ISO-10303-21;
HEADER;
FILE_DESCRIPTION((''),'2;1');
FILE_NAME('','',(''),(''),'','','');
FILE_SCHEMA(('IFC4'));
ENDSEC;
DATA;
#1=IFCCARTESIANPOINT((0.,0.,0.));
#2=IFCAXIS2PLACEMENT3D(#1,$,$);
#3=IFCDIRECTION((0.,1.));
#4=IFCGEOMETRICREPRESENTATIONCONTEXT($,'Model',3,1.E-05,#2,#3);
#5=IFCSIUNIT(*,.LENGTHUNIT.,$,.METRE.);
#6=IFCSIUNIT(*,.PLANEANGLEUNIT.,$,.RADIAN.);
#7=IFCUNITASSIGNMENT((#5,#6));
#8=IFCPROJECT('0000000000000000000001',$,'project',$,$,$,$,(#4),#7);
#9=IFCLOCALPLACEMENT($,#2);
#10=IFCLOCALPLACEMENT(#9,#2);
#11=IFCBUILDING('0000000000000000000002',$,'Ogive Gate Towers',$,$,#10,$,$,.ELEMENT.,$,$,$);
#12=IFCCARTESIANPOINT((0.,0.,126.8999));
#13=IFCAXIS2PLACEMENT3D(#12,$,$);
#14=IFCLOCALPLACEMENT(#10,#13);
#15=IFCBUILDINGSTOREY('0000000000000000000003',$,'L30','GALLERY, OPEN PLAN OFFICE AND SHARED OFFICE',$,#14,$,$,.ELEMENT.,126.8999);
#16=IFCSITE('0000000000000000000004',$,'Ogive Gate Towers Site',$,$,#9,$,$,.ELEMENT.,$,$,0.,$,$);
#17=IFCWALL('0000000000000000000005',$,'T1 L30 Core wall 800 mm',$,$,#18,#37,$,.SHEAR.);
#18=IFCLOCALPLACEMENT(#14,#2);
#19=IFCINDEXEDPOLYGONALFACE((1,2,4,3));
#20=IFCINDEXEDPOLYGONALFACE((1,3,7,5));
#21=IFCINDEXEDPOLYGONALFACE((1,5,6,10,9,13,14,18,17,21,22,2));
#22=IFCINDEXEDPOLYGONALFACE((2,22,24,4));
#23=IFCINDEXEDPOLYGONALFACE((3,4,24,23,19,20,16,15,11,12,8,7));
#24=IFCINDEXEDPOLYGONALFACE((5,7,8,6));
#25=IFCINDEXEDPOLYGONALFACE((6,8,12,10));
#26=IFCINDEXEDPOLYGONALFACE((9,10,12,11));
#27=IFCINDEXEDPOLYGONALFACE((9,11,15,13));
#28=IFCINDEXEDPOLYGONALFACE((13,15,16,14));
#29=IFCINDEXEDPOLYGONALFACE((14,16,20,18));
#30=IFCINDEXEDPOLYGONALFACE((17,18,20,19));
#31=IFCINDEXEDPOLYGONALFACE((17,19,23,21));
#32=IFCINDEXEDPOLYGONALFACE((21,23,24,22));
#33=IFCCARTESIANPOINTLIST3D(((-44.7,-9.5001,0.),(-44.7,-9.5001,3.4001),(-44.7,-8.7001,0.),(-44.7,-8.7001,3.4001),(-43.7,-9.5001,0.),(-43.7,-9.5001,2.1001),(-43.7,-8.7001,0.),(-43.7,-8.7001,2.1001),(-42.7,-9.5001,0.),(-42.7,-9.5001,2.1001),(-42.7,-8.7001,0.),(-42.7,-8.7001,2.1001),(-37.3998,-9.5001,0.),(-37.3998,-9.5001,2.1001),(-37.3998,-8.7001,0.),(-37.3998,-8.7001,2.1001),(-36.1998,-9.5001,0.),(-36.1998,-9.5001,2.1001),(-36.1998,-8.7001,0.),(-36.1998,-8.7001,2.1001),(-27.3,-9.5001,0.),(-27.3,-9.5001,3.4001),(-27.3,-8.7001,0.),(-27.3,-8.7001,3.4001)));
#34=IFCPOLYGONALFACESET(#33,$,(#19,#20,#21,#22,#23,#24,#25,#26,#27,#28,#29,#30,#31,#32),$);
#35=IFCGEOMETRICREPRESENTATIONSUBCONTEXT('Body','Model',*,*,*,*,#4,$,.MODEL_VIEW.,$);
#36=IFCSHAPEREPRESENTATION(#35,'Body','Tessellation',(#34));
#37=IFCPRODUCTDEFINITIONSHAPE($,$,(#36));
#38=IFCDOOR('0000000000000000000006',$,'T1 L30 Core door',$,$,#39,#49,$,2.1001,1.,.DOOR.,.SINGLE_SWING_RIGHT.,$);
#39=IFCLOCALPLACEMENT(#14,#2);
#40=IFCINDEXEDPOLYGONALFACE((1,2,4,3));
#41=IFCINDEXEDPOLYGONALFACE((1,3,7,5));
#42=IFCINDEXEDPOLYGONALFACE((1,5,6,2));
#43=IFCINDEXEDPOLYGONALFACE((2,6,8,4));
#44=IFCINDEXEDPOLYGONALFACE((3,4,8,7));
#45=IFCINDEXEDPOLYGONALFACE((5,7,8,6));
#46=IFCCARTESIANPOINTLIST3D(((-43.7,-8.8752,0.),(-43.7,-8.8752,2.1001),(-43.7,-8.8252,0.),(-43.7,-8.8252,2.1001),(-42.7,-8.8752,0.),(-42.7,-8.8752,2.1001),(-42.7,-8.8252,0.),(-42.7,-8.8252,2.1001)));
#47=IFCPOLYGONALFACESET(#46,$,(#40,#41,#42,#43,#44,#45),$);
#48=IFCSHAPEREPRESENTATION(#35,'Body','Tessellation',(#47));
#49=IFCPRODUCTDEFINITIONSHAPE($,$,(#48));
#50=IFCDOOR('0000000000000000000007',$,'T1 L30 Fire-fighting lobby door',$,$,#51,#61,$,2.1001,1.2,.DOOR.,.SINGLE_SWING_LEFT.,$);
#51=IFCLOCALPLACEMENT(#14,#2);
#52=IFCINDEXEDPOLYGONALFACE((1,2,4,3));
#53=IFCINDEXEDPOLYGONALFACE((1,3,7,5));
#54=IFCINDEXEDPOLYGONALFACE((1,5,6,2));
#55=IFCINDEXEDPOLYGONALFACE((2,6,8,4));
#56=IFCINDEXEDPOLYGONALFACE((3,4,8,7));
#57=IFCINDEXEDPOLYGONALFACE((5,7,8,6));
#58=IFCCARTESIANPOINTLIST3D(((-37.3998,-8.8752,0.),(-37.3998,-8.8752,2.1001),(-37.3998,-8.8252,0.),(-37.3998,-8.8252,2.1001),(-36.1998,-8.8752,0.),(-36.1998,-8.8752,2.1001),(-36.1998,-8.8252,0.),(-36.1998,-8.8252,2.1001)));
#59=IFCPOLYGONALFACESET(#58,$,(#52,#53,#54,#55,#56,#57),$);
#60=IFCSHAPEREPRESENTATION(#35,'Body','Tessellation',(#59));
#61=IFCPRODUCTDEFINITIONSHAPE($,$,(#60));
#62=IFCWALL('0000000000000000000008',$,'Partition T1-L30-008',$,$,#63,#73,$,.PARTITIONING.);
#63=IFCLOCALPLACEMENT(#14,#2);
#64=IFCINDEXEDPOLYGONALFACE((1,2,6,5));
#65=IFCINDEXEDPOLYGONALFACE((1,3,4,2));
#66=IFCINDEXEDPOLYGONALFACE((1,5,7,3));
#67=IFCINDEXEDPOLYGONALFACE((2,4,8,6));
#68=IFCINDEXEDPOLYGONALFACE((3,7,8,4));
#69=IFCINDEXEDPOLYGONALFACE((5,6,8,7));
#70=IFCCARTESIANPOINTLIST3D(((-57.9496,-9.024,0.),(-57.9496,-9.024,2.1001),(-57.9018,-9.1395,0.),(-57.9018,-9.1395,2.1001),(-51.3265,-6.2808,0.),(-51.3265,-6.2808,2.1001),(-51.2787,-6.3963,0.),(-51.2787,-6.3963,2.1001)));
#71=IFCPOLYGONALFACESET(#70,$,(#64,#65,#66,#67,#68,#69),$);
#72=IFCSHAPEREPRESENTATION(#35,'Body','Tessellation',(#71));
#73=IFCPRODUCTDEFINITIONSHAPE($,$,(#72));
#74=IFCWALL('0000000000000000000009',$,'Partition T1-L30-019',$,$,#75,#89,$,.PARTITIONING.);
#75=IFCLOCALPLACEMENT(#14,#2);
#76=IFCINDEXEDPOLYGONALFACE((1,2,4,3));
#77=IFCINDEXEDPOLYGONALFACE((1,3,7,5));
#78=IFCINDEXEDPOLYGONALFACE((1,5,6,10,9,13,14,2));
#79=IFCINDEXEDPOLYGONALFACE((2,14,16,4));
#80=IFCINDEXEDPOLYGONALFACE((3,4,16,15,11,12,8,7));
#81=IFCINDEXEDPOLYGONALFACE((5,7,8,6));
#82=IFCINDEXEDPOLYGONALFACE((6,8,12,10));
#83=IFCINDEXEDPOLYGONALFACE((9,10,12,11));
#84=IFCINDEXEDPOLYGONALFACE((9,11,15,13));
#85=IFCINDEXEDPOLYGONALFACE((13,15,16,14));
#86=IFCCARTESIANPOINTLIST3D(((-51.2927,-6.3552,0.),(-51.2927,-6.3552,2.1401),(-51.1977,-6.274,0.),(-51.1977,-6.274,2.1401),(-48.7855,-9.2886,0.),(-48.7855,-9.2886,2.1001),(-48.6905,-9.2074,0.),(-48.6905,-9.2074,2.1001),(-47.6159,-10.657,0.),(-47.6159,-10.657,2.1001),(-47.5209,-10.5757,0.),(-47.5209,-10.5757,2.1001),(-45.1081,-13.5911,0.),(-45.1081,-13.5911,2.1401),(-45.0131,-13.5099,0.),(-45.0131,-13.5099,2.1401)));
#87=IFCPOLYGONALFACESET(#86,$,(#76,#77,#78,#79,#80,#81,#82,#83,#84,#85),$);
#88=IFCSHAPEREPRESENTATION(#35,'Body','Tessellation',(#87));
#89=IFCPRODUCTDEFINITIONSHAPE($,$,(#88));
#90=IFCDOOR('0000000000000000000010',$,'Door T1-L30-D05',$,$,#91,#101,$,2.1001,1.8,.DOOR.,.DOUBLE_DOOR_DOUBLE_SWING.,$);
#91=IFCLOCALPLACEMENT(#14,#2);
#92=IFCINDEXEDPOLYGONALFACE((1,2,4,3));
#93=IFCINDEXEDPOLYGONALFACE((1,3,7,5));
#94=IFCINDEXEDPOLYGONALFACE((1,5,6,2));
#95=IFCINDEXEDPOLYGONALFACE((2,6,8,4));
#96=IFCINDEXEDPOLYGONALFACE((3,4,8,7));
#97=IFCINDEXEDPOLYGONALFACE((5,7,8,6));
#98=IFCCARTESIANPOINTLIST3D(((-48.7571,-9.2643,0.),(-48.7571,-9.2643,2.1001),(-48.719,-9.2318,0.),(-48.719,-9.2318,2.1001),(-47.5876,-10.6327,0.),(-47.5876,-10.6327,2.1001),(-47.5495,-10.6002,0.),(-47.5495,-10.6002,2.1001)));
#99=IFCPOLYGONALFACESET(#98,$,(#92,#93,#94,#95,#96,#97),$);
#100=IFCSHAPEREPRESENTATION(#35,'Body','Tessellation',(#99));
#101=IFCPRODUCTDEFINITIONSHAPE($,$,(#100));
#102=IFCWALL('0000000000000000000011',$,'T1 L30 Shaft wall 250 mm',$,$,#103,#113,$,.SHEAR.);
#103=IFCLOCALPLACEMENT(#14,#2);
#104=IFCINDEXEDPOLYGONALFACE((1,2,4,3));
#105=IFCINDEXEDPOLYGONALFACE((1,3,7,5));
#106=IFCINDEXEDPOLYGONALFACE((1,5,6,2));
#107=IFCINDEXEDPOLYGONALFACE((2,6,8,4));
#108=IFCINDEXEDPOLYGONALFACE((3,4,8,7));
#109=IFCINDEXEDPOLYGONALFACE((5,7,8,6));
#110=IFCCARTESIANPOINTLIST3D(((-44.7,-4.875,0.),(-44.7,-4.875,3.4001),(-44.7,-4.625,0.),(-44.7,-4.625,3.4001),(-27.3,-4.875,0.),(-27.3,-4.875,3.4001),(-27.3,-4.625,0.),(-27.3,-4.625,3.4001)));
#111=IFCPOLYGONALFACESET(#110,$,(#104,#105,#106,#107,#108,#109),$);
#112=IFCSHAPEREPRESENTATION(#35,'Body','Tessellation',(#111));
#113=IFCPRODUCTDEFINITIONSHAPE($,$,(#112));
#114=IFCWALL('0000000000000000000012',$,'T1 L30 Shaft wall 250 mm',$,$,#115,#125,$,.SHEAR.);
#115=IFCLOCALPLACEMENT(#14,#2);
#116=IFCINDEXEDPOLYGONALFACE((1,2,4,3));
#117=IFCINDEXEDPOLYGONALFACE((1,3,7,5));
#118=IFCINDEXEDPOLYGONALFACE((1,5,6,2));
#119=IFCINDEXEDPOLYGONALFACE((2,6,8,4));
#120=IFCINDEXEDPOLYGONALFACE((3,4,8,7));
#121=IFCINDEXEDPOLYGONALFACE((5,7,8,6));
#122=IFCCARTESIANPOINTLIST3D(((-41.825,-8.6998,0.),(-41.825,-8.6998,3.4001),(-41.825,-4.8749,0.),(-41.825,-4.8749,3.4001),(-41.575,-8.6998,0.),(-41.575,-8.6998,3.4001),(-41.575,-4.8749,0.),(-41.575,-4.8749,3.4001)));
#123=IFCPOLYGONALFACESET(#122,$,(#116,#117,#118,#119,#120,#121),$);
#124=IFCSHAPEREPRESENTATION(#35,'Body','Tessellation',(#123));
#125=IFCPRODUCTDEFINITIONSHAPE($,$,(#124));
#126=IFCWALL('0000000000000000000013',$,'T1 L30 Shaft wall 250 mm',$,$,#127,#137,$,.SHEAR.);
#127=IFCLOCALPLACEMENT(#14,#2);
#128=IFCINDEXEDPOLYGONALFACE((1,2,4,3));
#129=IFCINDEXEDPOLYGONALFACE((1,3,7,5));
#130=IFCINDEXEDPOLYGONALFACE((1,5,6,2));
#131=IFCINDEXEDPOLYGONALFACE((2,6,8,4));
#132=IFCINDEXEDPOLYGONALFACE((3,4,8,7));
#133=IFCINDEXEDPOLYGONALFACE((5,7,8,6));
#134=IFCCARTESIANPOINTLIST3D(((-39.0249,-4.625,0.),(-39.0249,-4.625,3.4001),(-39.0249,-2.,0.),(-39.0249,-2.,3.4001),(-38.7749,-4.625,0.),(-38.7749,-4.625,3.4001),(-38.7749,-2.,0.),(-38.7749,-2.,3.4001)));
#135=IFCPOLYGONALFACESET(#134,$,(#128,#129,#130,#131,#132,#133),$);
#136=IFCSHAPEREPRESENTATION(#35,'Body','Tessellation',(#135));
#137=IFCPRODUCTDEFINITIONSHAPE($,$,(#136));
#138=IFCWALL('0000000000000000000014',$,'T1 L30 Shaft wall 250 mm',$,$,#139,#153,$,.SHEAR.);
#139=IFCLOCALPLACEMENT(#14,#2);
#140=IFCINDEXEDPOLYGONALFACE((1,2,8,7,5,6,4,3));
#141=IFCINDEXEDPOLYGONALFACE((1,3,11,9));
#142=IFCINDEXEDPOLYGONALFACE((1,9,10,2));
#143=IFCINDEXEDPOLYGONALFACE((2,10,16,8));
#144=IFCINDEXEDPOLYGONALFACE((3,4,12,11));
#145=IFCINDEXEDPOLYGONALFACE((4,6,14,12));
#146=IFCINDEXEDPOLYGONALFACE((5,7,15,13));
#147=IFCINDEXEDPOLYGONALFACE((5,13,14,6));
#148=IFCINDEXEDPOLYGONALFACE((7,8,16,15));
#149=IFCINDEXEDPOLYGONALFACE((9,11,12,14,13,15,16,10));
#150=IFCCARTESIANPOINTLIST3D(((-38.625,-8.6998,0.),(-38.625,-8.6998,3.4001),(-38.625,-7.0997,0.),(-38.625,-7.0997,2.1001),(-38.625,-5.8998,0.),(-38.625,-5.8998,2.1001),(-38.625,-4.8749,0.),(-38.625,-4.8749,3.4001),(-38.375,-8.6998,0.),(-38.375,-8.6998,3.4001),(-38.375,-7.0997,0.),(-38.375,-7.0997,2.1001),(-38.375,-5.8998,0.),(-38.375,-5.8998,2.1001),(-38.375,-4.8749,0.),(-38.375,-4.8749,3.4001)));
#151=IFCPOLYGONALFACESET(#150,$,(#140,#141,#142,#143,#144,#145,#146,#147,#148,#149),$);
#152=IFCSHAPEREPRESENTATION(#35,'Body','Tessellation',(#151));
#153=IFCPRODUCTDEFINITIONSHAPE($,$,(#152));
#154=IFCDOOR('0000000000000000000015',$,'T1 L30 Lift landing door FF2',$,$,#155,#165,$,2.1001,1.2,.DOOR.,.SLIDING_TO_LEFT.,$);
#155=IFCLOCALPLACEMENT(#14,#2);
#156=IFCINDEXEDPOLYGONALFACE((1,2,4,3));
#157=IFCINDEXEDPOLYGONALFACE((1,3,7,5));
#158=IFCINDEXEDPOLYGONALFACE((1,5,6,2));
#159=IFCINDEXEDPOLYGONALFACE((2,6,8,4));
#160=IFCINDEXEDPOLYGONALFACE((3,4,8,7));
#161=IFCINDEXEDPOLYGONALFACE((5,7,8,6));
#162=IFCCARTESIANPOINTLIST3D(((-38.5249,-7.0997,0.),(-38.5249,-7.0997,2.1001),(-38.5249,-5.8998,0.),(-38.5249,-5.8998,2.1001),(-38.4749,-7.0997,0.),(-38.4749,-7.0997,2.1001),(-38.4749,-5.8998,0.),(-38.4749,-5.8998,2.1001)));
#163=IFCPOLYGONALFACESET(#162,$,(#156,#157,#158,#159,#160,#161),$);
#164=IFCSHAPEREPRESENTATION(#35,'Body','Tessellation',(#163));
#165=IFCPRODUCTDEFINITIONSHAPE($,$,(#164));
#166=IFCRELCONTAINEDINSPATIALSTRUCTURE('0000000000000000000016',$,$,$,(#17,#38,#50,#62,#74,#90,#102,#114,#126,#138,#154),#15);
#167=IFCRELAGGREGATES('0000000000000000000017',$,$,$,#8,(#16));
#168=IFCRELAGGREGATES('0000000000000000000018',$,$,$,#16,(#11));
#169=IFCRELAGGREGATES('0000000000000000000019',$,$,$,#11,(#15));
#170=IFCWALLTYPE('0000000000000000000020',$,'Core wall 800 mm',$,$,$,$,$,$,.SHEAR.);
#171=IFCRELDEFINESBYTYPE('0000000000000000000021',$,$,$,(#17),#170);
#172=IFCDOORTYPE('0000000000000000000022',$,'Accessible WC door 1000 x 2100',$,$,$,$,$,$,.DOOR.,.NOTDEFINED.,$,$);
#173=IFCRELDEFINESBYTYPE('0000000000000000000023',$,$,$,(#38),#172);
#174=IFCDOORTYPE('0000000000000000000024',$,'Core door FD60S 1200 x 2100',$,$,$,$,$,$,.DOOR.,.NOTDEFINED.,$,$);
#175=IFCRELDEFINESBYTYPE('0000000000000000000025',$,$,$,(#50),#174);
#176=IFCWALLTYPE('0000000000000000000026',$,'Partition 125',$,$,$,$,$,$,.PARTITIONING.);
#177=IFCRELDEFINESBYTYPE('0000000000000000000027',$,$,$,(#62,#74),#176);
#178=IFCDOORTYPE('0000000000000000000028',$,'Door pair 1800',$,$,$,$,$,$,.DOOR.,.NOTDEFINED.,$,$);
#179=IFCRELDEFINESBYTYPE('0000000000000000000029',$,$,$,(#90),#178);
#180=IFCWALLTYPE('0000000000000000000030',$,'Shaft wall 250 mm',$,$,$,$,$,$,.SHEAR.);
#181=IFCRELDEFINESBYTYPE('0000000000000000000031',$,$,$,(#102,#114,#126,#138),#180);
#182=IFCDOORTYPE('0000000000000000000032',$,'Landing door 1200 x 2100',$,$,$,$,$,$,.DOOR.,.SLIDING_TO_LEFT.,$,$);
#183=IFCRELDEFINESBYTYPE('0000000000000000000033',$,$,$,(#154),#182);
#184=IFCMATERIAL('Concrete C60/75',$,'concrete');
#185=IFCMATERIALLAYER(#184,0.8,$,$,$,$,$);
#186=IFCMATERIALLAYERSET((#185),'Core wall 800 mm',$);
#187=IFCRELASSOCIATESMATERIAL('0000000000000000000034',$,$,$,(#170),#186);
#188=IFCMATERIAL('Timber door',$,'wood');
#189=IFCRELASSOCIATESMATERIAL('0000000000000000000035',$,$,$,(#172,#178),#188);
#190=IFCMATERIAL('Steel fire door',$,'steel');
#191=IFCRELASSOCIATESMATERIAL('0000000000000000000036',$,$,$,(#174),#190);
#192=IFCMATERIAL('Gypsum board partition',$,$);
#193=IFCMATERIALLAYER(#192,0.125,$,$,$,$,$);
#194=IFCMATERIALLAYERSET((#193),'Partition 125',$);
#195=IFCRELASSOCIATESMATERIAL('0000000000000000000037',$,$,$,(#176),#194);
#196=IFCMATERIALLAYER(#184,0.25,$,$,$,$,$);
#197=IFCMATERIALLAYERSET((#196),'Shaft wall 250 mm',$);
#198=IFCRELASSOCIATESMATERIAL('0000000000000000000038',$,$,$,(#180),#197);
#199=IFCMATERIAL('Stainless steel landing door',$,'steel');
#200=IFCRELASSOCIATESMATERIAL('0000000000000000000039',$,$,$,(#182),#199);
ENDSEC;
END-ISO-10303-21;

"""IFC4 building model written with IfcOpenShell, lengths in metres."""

from ifc_helpers import new_model, si_unit, direction, frame, frame_2d, origin, place, context, subcontext, project, spatial, rectangle, extrude, material, layer, layer_set, type_object, element, fill, save


model = new_model("IFC4")

# Units and contexts
model_context = context("Model", 3, precision=1e-05, world=origin(), true_north=direction((0.0, 1.0)))
body_context = subcontext(model_context, "Body", "Model", "MODEL_VIEW")
ifc_project = project(units=[si_unit("LENGTHUNIT", "METRE"), si_unit("PLANEANGLEUNIT", "RADIAN")], contexts=[model_context])

# Site, building, storey
site_placement = place(None, origin())
site = spatial("IfcSite", under=ifc_project, at=site_placement, Name="Ogive Gate Towers Site", CompositionType="ELEMENT", RefElevation=0.0)
building_placement = place(site_placement, origin())
building = spatial("IfcBuilding", under=site, at=building_placement, Name="Ogive Gate Towers", CompositionType="ELEMENT")
storey_placement = place(building_placement, frame((0.0, 0.0, 126.8999)))
storey = spatial("IfcBuildingStorey", under=building, at=storey_placement, Name="L30", Description="GALLERY, OPEN PLAN OFFICE AND SHARED OFFICE", CompositionType="ELEMENT", Elevation=126.8999)

# Wall, openings, doors
ifc_material_1 = material(Name="Concrete C60/75", Category="concrete")
ifc_layer_1 = layer(ifc_material_1, 0.8)
ifc_layer_set_1 = layer_set([ifc_layer_1], Name="Core wall 800 mm")
wall_type_1 = type_object("IfcWallType", Name="Core wall 800 mm", PredefinedType="SHEAR", material=ifc_layer_set_1)
wall_1_placement = place(storey_placement, frame((-44.7, -9.1001, 0.0), z_axis=(0.0, 0.0, 1.0), x_axis=(1.0, 0.0, 0.0)))
wall_1 = element("IfcWall", 1, at=wall_1_placement, inside=storey, type_object=wall_type_1, Name="T1 L30 Core wall 800 mm", PredefinedType="SHEAR", context=body_context, shape_type="SweptSolid", body=[
    extrude(rectangle(XDim=17.3999, YDim=0.8, at=frame_2d((8.7, 0.0))), origin(), (0.0, 0.0, 1.0), 3.4001),
])
opening_1_placement = place(wall_1_placement, frame((7.3, 0.0, 0.0)))
opening_1 = element("IfcOpeningElement", 2, at=opening_1_placement, cuts=wall_1, PredefinedType="OPENING", context=body_context, shape_type="SweptSolid", body=[
    extrude(rectangle(XDim=1.2, YDim=2.1001, at=frame_2d((0.6001, 1.05))), frame((0.0, 0.4102, 0.0), z_axis=(0.0, -1.0, 0.0), x_axis=(1.0, 0.0, 0.0)), (0.0, 0.0, 1.0), 0.8201),
])
opening_2_placement = place(wall_1_placement, frame((1.0, 0.0, 0.0)))
opening_2 = element("IfcOpeningElement", 3, at=opening_2_placement, cuts=wall_1, PredefinedType="OPENING", context=body_context, shape_type="SweptSolid", body=[
    extrude(rectangle(XDim=1.0, YDim=2.1001, at=frame_2d((0.5, 1.05))), frame((0.0, 0.4102, 0.0), z_axis=(0.0, -1.0, 0.0), x_axis=(1.0, 0.0, 0.0)), (0.0, 0.0, 1.0), 0.8201),
])
ifc_material_2 = material(Name="Timber door", Category="wood")
door_type_1 = type_object("IfcDoorType", Name="Accessible WC door 1000 x 2100", OperationType="NOTDEFINED", PredefinedType="DOOR", material=ifc_material_2)
door_1_placement = place(opening_2_placement, origin())
door_1 = element("IfcDoor", 4, at=door_1_placement, inside=storey, type_object=door_type_1, Name="T1 L30 Core door", OperationType="SINGLE_SWING_RIGHT", OverallHeight=2.1001, OverallWidth=1.0, PredefinedType="DOOR", context=body_context, shape_type="SweptSolid", body=[
    extrude(rectangle(XDim=1.0, YDim=2.1001, at=frame_2d((0.5, 1.05))), frame((0.0, 0.2749, 0.0), z_axis=(0.0, -1.0, 0.0), x_axis=(1.0, 0.0, 0.0)), (0.0, 0.0, 1.0), 0.05),
])
fill(opening_2, door_1)
ifc_material_3 = material(Name="Steel fire door", Category="steel")
door_type_2 = type_object("IfcDoorType", Name="Core door FD60S 1200 x 2100", OperationType="NOTDEFINED", PredefinedType="DOOR", material=ifc_material_3)
door_2_placement = place(opening_1_placement, origin())
door_2 = element("IfcDoor", 5, at=door_2_placement, inside=storey, type_object=door_type_2, Name="T1 L30 Fire-fighting lobby door", OperationType="SINGLE_SWING_LEFT", OverallHeight=2.1001, OverallWidth=1.2, PredefinedType="DOOR", context=body_context, shape_type="SweptSolid", body=[
    extrude(rectangle(XDim=1.2, YDim=2.1001, at=frame_2d((0.6001, 1.05))), frame((0.0, 0.2749, 0.0), z_axis=(0.0, -1.0, 0.0), x_axis=(1.0, 0.0, 0.0)), (0.0, 0.0, 1.0), 0.05),
])
fill(opening_1, door_2)

# Wall
ifc_material_4 = material(Name="Gypsum board partition")
ifc_layer_2 = layer(ifc_material_4, 0.125)
ifc_layer_set_2 = layer_set([ifc_layer_2], Name="Partition 125")
wall_type_2 = type_object("IfcWallType", Name="Partition 125", PredefinedType="PARTITIONING", material=ifc_layer_set_2)
wall_2_placement = place(storey_placement, frame((-57.9258, -9.0818, 0.0), z_axis=(0.0, 0.0, 1.0), x_axis=(0.923889, 0.382661, 0.0)))
element("IfcWall", 6, at=wall_2_placement, inside=storey, type_object=wall_type_2, Name="Partition T1-L30-008", PredefinedType="PARTITIONING", context=body_context, shape_type="SweptSolid", body=[
    extrude(rectangle(XDim=7.1687, YDim=0.125, at=frame_2d((3.5845, 0.0))), origin(), (0.0, 0.0, 1.0), 2.1001),
])

# Wall, opening, door
wall_3_placement = place(storey_placement, frame((-51.2451, -6.3147, 0.0), z_axis=(0.0, 0.0, 1.0), x_axis=(0.649726, -0.760168, 0.0)))
wall_3 = element("IfcWall", 7, at=wall_3_placement, inside=storey, type_object=wall_type_2, Name="Partition T1-L30-019", PredefinedType="PARTITIONING", context=body_context, shape_type="SweptSolid", body=[
    extrude(rectangle(XDim=9.5188, YDim=0.125, at=frame_2d((4.7593, 0.0))), origin(), (0.0, 0.0, 1.0), 2.1401),
])
opening_3_placement = place(wall_3_placement, frame((3.8589, 0.0, 0.0)))
opening_3 = element("IfcOpeningElement", 8, at=opening_3_placement, cuts=wall_3, PredefinedType="OPENING", context=body_context, shape_type="SweptSolid", body=[
    extrude(rectangle(XDim=1.8, YDim=2.1001, at=frame_2d((0.8999, 1.05))), frame((0.0, 0.0725, 0.0), z_axis=(0.0, -1.0, 0.0), x_axis=(1.0, 0.0, 0.0)), (0.0, 0.0, 1.0), 0.145),
])
door_type_3 = type_object("IfcDoorType", Name="Door pair 1800", OperationType="NOTDEFINED", PredefinedType="DOOR", material=ifc_material_2)
door_3_placement = place(opening_3_placement, origin())
door_3 = element("IfcDoor", 9, at=door_3_placement, inside=storey, type_object=door_type_3, Name="Door T1-L30-D05", OperationType="DOUBLE_DOOR_DOUBLE_SWING", OverallHeight=2.1001, OverallWidth=1.8, PredefinedType="DOOR", context=body_context, shape_type="SweptSolid", body=[
    extrude(rectangle(XDim=1.8, YDim=2.1001, at=frame_2d((0.8999, 1.05))), frame((0.0, 0.0249, 0.0), z_axis=(0.0, -1.0, 0.0), x_axis=(1.0, 0.0, 0.0)), (0.0, 0.0, 1.0), 0.05),
])
fill(opening_3, door_3)

# Walls
ifc_layer_3 = layer(ifc_material_1, 0.25)
ifc_layer_set_3 = layer_set([ifc_layer_3], Name="Shaft wall 250 mm")
wall_type_3 = type_object("IfcWallType", Name="Shaft wall 250 mm", PredefinedType="SHEAR", material=ifc_layer_set_3)
wall_4_placement = place(storey_placement, frame((-44.7, -4.75, 0.0), z_axis=(0.0, 0.0, 1.0), x_axis=(1.0, 0.0, 0.0)))
element("IfcWall", 10, at=wall_4_placement, inside=storey, type_object=wall_type_3, Name="T1 L30 Shaft wall 250 mm", PredefinedType="SHEAR", context=body_context, shape_type="SweptSolid", body=[
    extrude(rectangle(XDim=17.3999, YDim=0.25, at=frame_2d((8.7, 0.0))), origin(), (0.0, 0.0, 1.0), 3.4001),
])
wall_5_placement = place(storey_placement, frame((-41.7, -8.7, 0.0), z_axis=(0.0, 0.0, 1.0), x_axis=(0.0, 1.0, 0.0)))
element("IfcWall", 11, at=wall_5_placement, inside=storey, type_object=wall_type_3, Name="T1 L30 Shaft wall 250 mm", PredefinedType="SHEAR", context=body_context, shape_type="SweptSolid", body=[
    extrude(rectangle(XDim=3.825, YDim=0.25, at=frame_2d((1.9126, 0.0))), origin(), (0.0, 0.0, 1.0), 3.4001),
])
wall_6_placement = place(storey_placement, frame((-38.8999, -4.625, 0.0), z_axis=(0.0, 0.0, 1.0), x_axis=(0.0, 1.0, 0.0)))
element("IfcWall", 12, at=wall_6_placement, inside=storey, type_object=wall_type_3, Name="T1 L30 Shaft wall 250 mm", PredefinedType="SHEAR", context=body_context, shape_type="SweptSolid", body=[
    extrude(rectangle(XDim=2.625, YDim=0.25, at=frame_2d((1.3125, 0.0))), origin(), (0.0, 0.0, 1.0), 3.4001),
])

# Wall, opening, door
wall_7_placement = place(storey_placement, frame((-38.5, -8.7, 0.0), z_axis=(0.0, 0.0, 1.0), x_axis=(0.0, 1.0, 0.0)))
wall_7 = element("IfcWall", 13, at=wall_7_placement, inside=storey, type_object=wall_type_3, Name="T1 L30 Shaft wall 250 mm", PredefinedType="SHEAR", context=body_context, shape_type="SweptSolid", body=[
    extrude(rectangle(XDim=3.825, YDim=0.25, at=frame_2d((1.9126, 0.0))), origin(), (0.0, 0.0, 1.0), 3.4001),
])
opening_4_placement = place(wall_7_placement, frame((1.6001, 0.0, 0.0)))
opening_4 = element("IfcOpeningElement", 14, at=opening_4_placement, cuts=wall_7, PredefinedType="OPENING", context=body_context, shape_type="SweptSolid", body=[
    extrude(rectangle(XDim=1.2, YDim=2.1001, at=frame_2d((0.6001, 1.05))), frame((0.0, 0.135, 0.0), z_axis=(0.0, -1.0, 0.0), x_axis=(1.0, 0.0, 0.0)), (0.0, 0.0, 1.0), 0.27),
])
ifc_material_5 = material(Name="Stainless steel landing door", Category="steel")
door_type_4 = type_object("IfcDoorType", Name="Landing door 1200 x 2100", OperationType="SLIDING_TO_LEFT", PredefinedType="DOOR", material=ifc_material_5)
door_4_placement = place(opening_4_placement, origin())
door_4 = element("IfcDoor", 15, at=door_4_placement, inside=storey, type_object=door_type_4, Name="T1 L30 Lift landing door FF2", OperationType="SLIDING_TO_LEFT", OverallHeight=2.1001, OverallWidth=1.2, PredefinedType="DOOR", context=body_context, shape_type="SweptSolid", body=[
    extrude(rectangle(XDim=1.2, YDim=2.1001, at=frame_2d((0.6001, 1.05))), frame((0.0, 0.0249, 0.0), z_axis=(0.0, -1.0, 0.0), x_axis=(1.0, 0.0, 0.0)), (0.0, 0.0, 1.0), 0.05),
])
fill(opening_4, door_4)

save(model, "model.ifc")
